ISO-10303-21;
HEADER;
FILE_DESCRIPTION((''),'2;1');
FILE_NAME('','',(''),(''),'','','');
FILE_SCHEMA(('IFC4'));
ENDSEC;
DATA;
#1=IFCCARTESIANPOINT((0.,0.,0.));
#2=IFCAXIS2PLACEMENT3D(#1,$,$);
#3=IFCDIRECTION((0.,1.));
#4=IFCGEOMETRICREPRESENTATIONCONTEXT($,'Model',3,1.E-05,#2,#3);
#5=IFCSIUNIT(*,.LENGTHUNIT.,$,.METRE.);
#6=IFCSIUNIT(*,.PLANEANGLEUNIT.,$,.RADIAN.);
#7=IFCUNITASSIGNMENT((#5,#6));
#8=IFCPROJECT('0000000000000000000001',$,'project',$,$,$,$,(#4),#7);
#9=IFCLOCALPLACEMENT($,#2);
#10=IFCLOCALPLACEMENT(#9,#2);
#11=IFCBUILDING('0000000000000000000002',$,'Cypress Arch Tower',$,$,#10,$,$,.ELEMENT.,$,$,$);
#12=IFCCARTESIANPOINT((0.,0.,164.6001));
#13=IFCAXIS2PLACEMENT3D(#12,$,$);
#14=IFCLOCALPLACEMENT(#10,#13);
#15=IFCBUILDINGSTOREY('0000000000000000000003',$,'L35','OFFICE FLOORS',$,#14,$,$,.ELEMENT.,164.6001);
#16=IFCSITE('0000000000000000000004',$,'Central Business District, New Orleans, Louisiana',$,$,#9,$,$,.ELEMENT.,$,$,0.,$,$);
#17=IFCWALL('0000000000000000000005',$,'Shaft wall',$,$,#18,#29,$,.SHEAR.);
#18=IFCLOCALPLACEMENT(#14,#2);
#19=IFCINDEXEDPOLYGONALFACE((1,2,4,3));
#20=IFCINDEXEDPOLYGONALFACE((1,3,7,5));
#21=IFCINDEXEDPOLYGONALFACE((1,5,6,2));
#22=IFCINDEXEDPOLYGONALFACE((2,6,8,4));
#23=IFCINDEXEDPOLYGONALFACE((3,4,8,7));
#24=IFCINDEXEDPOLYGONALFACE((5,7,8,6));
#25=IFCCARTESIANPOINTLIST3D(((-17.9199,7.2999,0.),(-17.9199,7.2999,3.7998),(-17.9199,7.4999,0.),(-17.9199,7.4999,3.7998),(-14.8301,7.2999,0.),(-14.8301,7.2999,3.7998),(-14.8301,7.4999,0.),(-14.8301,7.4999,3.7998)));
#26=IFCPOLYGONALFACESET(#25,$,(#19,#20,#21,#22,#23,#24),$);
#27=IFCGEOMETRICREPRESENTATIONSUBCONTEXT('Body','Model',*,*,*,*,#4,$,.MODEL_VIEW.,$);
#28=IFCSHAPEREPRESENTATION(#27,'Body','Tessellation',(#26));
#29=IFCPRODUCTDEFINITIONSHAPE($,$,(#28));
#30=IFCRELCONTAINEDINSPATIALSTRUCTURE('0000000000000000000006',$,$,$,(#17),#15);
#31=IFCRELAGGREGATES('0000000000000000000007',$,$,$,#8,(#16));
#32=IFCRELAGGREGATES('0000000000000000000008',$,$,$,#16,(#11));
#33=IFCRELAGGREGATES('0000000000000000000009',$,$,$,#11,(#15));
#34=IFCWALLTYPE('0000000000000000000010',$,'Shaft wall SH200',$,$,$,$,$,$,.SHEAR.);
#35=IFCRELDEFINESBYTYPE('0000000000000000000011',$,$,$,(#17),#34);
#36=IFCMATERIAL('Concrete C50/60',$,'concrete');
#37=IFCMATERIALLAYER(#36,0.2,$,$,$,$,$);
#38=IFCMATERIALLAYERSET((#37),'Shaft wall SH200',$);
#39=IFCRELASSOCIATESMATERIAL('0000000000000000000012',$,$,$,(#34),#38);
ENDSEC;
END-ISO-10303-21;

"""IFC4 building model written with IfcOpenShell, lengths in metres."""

from ifc_helpers import new_model, si_unit, direction, frame, frame_2d, origin, place, context, subcontext, project, spatial, rectangle, extrude, material, layer, layer_set, type_object, element, save


model = new_model("IFC4")

# Units and contexts
model_context = context("Model", 3, precision=1e-05, world=origin(), true_north=direction((0.0, 1.0)))
body_context = subcontext(model_context, "Body", "Model", "MODEL_VIEW")
ifc_project = project(units=[si_unit("LENGTHUNIT", "METRE"), si_unit("PLANEANGLEUNIT", "RADIAN")], contexts=[model_context])

# Site, building, storey
site_placement = place(None, origin())
site = spatial("IfcSite", under=ifc_project, at=site_placement, Name="Central Business District, New Orleans, Louisiana", CompositionType="ELEMENT", RefElevation=0.0)
building_placement = place(site_placement, origin())
building = spatial("IfcBuilding", under=site, at=building_placement, Name="Cypress Arch Tower", CompositionType="ELEMENT")
storey_placement = place(building_placement, frame((0.0, 0.0, 164.6001)))
storey = spatial("IfcBuildingStorey", under=building, at=storey_placement, Name="L35", Description="OFFICE FLOORS", CompositionType="ELEMENT", Elevation=164.6001)

# Shared definitions
ifc_material_1 = material(Name="Concrete C50/60", Category="concrete")
ifc_layer_1 = layer(ifc_material_1, 0.2)
ifc_layer_set_1 = layer_set([ifc_layer_1], Name="Shaft wall SH200")
wall_type_1 = type_object("IfcWallType", Name="Shaft wall SH200", PredefinedType="SHEAR", material=ifc_layer_set_1)

# Wall
wall_1_placement = place(storey_placement, frame((-17.9199, 7.3999, 0.0), z_axis=(0.0, 0.0, 1.0), x_axis=(1.0, 0.0, 0.0)))
element("IfcWall", 1, at=wall_1_placement, inside=storey, type_object=wall_type_1, Name="Shaft wall", PredefinedType="SHEAR", context=body_context, shape_type="SweptSolid", body=[
    extrude(rectangle(XDim=3.0898, YDim=0.2, at=frame_2d((1.5449, 0.0))), origin(), (0.0, 0.0, 1.0), 3.7998),
])

save(model, "model.ifc")
